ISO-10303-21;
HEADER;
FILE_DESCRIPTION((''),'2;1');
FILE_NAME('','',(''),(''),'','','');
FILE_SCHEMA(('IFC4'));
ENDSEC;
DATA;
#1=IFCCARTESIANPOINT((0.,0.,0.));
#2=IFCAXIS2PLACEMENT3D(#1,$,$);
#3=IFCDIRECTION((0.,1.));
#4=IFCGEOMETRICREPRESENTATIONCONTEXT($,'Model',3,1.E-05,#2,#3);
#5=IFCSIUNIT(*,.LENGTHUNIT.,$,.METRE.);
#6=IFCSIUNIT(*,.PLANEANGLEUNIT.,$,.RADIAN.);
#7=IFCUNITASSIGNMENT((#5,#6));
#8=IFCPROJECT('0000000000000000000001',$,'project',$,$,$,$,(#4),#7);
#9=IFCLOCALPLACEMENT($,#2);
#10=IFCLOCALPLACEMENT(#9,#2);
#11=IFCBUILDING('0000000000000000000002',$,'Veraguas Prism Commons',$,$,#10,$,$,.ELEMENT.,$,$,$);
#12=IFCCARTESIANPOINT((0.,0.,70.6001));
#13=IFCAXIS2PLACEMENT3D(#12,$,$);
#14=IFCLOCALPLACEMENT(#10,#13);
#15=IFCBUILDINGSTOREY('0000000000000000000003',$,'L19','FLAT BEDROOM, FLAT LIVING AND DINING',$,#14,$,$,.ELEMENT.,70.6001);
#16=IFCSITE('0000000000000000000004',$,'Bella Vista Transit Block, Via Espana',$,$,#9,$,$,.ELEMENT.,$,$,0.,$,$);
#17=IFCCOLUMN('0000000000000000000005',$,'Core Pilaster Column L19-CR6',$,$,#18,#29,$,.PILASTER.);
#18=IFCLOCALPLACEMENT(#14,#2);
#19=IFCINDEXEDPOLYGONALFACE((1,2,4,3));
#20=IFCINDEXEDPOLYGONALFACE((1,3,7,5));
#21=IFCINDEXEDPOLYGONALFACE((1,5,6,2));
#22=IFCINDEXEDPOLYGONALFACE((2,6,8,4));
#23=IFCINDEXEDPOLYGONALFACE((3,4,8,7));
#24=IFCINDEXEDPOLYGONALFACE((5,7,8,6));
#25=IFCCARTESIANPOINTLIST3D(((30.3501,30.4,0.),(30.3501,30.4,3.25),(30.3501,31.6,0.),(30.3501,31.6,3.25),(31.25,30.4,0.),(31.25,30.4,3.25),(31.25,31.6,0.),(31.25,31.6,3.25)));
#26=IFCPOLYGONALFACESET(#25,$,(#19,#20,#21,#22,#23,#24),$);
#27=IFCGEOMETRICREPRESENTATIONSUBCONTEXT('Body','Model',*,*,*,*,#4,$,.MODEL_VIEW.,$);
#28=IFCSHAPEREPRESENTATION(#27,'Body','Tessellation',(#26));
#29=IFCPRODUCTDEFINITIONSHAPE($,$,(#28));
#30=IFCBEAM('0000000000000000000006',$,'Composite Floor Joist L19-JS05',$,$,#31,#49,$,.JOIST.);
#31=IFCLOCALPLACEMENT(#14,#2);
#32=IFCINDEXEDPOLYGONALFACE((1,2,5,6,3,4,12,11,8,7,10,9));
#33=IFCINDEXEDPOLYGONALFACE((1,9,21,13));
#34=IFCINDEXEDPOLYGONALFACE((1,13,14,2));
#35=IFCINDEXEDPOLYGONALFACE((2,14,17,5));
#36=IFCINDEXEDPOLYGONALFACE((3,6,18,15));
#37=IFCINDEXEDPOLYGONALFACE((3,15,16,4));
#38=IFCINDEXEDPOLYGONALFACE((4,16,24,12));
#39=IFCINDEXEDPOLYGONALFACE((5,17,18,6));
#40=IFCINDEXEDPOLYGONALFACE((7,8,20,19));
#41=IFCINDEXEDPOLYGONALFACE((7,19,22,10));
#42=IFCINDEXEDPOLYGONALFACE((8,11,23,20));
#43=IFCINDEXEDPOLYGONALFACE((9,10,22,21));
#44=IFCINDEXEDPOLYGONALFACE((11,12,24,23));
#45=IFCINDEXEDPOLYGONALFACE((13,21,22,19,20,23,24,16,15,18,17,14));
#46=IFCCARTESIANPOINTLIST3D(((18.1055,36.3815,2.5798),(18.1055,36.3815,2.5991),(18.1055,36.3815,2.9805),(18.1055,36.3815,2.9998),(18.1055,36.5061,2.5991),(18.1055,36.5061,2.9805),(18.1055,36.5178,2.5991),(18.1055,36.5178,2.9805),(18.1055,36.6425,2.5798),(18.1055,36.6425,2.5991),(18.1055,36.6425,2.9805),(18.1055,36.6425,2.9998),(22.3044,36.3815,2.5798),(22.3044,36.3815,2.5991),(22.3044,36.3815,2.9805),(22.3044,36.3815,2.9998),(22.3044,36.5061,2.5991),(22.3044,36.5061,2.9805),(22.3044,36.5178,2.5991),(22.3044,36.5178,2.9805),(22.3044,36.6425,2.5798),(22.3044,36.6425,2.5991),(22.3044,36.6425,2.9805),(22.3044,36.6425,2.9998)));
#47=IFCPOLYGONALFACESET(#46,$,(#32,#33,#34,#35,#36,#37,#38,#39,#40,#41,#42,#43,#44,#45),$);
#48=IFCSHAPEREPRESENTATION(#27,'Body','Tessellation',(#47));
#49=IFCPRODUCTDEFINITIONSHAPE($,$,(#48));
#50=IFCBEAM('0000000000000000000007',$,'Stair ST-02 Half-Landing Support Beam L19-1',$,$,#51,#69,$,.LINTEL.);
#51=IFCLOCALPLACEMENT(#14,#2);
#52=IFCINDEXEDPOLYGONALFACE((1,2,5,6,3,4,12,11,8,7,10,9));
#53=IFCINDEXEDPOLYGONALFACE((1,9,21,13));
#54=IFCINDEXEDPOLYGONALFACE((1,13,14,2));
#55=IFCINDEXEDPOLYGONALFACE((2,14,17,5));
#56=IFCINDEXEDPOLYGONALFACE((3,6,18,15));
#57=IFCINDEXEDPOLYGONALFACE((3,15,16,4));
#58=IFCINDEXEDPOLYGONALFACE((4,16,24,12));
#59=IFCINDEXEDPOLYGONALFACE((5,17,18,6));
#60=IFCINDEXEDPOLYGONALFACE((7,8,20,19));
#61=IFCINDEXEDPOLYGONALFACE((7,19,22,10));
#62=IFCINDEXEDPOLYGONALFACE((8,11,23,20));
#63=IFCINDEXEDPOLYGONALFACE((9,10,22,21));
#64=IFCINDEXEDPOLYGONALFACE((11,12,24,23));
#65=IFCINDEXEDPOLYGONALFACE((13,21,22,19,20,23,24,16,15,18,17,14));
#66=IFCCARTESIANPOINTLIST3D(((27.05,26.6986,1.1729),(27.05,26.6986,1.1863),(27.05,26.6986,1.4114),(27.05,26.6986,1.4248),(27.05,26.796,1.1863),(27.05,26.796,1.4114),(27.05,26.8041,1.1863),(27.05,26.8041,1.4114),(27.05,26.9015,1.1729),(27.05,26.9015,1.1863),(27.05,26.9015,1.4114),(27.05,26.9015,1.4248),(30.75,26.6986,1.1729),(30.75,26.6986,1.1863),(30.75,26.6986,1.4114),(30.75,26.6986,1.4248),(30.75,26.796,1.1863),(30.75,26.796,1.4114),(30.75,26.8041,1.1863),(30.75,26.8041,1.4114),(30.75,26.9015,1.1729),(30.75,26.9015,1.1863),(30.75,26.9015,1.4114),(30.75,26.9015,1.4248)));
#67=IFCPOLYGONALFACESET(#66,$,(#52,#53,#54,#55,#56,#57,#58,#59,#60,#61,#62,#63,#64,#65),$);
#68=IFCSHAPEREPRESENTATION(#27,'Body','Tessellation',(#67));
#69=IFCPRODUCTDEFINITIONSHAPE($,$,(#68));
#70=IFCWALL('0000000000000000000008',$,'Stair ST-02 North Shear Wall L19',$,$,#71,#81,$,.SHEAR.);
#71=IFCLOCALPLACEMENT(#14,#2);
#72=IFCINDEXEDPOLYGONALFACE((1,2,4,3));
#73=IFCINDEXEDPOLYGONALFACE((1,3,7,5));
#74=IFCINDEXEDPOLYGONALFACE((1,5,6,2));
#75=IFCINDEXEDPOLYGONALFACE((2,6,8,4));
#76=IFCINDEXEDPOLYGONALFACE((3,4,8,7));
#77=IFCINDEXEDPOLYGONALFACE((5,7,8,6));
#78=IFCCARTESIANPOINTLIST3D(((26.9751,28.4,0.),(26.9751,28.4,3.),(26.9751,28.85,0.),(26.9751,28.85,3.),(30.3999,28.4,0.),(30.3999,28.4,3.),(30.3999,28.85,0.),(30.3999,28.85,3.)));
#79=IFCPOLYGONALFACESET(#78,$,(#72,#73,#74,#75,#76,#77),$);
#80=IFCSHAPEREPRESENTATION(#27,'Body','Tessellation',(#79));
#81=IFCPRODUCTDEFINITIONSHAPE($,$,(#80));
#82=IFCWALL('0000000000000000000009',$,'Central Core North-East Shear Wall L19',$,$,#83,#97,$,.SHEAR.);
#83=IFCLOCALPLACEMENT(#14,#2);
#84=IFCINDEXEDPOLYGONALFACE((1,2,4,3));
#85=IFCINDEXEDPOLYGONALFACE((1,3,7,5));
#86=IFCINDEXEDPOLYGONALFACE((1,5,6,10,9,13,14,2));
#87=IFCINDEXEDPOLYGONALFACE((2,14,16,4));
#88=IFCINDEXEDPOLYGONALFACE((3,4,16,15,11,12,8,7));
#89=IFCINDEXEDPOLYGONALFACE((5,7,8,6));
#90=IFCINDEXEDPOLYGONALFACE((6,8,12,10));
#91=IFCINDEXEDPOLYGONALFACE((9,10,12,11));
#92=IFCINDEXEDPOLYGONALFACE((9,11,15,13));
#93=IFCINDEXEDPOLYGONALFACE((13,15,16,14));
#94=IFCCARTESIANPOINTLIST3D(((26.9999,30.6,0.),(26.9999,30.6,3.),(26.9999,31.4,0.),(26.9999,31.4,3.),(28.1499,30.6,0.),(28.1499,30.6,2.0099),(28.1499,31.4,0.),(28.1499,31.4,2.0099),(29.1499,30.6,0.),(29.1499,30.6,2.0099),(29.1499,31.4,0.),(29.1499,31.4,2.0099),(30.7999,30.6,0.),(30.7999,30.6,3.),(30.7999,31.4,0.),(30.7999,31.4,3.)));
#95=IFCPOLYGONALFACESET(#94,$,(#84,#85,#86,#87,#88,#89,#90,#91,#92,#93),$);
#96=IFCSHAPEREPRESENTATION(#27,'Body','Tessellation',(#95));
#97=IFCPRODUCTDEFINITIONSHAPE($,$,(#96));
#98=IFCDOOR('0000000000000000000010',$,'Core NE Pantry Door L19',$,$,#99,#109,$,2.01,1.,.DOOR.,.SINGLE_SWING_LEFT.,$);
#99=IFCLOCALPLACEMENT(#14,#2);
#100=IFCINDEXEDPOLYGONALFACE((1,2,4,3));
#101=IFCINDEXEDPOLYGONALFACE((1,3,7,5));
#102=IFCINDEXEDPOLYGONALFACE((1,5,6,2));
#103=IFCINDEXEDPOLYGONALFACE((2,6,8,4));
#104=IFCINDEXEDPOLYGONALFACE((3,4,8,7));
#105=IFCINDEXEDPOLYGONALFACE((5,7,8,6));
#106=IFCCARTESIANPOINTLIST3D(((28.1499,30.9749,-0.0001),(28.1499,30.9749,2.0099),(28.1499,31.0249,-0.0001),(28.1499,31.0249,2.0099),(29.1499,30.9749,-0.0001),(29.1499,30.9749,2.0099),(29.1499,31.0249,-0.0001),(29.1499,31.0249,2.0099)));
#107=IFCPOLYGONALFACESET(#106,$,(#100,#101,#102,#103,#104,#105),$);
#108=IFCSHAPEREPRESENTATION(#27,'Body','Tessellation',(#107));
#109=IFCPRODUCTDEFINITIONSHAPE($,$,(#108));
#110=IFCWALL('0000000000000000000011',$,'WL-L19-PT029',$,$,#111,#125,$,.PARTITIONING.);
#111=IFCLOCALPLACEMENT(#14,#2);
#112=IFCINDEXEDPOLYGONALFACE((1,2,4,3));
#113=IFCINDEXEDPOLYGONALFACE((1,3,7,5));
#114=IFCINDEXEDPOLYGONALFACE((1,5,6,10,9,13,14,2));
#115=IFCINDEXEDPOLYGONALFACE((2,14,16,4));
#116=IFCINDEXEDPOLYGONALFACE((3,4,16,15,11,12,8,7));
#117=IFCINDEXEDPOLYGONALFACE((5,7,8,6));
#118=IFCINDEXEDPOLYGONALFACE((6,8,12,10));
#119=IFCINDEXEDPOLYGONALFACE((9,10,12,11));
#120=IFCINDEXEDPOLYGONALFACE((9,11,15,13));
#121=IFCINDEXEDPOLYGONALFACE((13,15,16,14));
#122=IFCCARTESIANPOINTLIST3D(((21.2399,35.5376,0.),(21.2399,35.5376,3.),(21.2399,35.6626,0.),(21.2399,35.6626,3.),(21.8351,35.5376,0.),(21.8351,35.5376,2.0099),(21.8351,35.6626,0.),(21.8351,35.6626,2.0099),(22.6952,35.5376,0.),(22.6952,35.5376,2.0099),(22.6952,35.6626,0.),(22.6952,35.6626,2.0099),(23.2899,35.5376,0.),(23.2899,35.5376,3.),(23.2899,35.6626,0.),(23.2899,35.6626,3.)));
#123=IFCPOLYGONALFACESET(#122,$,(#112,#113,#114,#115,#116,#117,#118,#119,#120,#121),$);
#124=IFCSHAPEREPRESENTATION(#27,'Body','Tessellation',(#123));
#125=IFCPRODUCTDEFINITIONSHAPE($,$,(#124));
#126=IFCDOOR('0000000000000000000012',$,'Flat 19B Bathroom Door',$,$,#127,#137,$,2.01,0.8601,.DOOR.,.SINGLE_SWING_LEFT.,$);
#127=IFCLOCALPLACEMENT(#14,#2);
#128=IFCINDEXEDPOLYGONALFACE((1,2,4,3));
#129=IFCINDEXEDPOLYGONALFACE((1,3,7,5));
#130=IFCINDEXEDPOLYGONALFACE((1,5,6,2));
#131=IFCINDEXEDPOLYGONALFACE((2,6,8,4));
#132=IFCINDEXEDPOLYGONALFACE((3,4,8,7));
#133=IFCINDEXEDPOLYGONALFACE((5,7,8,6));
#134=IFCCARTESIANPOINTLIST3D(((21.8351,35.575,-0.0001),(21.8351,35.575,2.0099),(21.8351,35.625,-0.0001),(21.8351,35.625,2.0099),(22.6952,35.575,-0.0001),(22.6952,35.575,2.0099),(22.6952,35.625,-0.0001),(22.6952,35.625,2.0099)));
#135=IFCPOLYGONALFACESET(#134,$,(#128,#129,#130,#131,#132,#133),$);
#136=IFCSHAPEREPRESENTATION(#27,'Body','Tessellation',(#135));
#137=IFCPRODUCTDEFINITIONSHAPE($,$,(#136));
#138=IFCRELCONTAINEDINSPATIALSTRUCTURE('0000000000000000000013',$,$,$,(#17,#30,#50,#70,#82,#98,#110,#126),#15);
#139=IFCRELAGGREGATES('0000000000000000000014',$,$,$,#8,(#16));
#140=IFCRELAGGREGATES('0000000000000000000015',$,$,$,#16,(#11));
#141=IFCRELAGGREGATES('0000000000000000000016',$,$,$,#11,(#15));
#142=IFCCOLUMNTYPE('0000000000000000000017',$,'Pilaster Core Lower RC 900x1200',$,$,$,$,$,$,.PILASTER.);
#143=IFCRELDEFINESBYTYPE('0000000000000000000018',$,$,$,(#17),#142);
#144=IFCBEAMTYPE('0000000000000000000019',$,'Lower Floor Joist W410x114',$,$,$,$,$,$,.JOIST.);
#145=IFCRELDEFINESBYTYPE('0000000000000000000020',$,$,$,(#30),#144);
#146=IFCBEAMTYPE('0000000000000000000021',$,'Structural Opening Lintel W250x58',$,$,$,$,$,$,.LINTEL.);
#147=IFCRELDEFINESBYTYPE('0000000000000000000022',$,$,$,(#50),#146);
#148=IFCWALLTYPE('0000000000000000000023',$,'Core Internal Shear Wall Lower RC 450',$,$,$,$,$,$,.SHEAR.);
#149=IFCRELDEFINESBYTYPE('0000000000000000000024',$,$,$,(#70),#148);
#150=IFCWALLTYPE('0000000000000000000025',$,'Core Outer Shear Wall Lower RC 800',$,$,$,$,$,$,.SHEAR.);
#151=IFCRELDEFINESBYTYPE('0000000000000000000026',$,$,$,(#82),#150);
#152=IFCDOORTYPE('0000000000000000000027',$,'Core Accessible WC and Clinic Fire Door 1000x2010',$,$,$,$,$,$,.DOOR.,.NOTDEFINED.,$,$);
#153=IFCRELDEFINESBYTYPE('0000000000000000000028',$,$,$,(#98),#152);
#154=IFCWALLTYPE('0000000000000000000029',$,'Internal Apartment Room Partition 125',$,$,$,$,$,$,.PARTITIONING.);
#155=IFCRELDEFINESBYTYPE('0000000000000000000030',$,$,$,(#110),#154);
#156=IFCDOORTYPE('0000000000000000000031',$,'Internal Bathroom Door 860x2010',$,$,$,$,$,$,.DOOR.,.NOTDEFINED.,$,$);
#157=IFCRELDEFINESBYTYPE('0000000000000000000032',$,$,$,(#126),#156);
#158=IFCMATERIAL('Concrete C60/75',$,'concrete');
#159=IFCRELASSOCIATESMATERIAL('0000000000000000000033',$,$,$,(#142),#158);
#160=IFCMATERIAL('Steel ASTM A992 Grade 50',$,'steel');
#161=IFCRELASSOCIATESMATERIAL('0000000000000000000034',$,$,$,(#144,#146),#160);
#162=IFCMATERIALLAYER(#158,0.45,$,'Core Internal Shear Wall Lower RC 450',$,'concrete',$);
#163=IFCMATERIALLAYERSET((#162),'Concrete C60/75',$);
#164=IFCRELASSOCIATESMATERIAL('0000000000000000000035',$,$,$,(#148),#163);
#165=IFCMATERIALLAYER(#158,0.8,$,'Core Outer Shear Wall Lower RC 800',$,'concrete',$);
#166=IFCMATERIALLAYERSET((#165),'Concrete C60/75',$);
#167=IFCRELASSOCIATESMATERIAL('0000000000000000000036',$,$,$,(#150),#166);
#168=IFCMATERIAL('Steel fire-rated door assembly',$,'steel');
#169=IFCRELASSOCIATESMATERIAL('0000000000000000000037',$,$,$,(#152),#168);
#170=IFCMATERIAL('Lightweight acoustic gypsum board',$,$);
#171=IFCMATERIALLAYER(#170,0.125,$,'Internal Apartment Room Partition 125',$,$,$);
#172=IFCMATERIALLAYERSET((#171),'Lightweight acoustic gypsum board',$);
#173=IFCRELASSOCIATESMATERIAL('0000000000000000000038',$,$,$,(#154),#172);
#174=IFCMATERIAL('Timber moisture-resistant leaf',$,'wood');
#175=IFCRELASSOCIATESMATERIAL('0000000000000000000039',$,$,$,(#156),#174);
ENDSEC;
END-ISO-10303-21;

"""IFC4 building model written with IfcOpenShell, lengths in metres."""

from ifc_helpers import new_model, si_unit, direction, frame, frame_2d, origin, origin_2d, place, context, subcontext, project, spatial, rectangle, i_section, extrude, source, transform, mapped, material, layer, layer_set, material_profile, profile_set, type_object, element, fill, save


model = new_model("IFC4")

# Units and contexts
model_context = context("Model", 3, precision=1e-05, world=origin(), true_north=direction((0.0, 1.0)))
body_context = subcontext(model_context, "Body", "Model", "MODEL_VIEW")
ifc_project = project(units=[si_unit("LENGTHUNIT", "METRE"), si_unit("PLANEANGLEUNIT", "RADIAN")], contexts=[model_context])

# Site, building, storey
site_placement = place(None, origin())
site = spatial("IfcSite", under=ifc_project, at=site_placement, Name="Bella Vista Transit Block, Via Espana", CompositionType="ELEMENT", RefElevation=0.0)
building_placement = place(site_placement, origin())
building = spatial("IfcBuilding", under=site, at=building_placement, Name="Veraguas Prism Commons", CompositionType="ELEMENT")
storey_placement = place(building_placement, frame((0.0, 0.0, 70.6001)))
storey = spatial("IfcBuildingStorey", under=building, at=storey_placement, Name="L19", Description="FLAT BEDROOM, FLAT LIVING AND DINING", CompositionType="ELEMENT", Elevation=70.6001)

# Column
ifc_material_1 = material(Name="Concrete C60/75", Category="concrete")
ifc_material_profile_1 = material_profile(ifc_material_1, rectangle(XDim=0.8999, YDim=1.2, at=origin_2d()), Name="RC900X1200")
ifc_profile_set_1 = profile_set([ifc_material_profile_1], Name="Concrete C60/75")
column_type = type_object("IfcColumnType", Name="Pilaster Core Lower RC 900x1200", PredefinedType="PILASTER", material=ifc_profile_set_1)
column_placement = place(storey_placement, frame((30.8, 31.0, 0.0), z_axis=(0.0, 0.0, 1.0), x_axis=(1.0, 0.0, 0.0)))
element("IfcColumn", 1, at=column_placement, inside=storey, type_object=column_type, Name="Core Pilaster Column L19-CR6", PredefinedType="PILASTER", context=body_context, shape_type="SweptSolid", body=[
    extrude(rectangle(XDim=0.8999, YDim=1.2, at=origin_2d()), origin(), (0.0, 0.0, 1.0), 3.25),
])

# Beams
ifc_material_2 = material(Name="Steel ASTM A992 Grade 50", Category="steel")
ifc_material_profile_2 = material_profile(ifc_material_2, i_section(OverallWidth=0.261, OverallDepth=0.4199, WebThickness=0.0117, FlangeThickness=0.0193, at=origin_2d()), Name="W410X114")
ifc_profile_set_2 = profile_set([ifc_material_profile_2], Name="Steel ASTM A992 Grade 50")
beam_type_1 = type_object("IfcBeamType", Name="Lower Floor Joist W410x114", PredefinedType="JOIST", material=ifc_profile_set_2)
beam_1_placement = place(storey_placement, frame((22.3044, 36.512, 2.7898), z_axis=(-1.0, 0.0, 0.0), x_axis=(0.0, -1.0, 0.0)))
element("IfcBeam", 2, at=beam_1_placement, inside=storey, type_object=beam_type_1, Name="Composite Floor Joist L19-JS05", PredefinedType="JOIST", context=body_context, shape_type="SweptSolid", body=[
    extrude(i_section(OverallWidth=0.261, OverallDepth=0.4199, WebThickness=0.0117, FlangeThickness=0.0193, at=origin_2d()), origin(), (0.0, 0.0, 1.0), 4.199),
])
ifc_material_profile_3 = material_profile(ifc_material_2, i_section(OverallWidth=0.2029, OverallDepth=0.252, WebThickness=0.0081, FlangeThickness=0.0134, at=origin_2d()), Name="W250X58")
ifc_profile_set_3 = profile_set([ifc_material_profile_3], Name="Steel ASTM A992 Grade 50")
beam_type_2 = type_object("IfcBeamType", Name="Structural Opening Lintel W250x58", PredefinedType="LINTEL", material=ifc_profile_set_3)
beam_2_placement = place(storey_placement, frame((27.05, 26.8, 1.2988), z_axis=(1.0, 0.0, 0.0), x_axis=(0.0, 1.0, 0.0)))
element("IfcBeam", 3, at=beam_2_placement, inside=storey, type_object=beam_type_2, Name="Stair ST-02 Half-Landing Support Beam L19-1", PredefinedType="LINTEL", context=body_context, shape_type="SweptSolid", body=[
    extrude(i_section(OverallWidth=0.2029, OverallDepth=0.252, WebThickness=0.0081, FlangeThickness=0.0134, at=origin_2d()), origin(), (0.0, 0.0, 1.0), 3.7),
])

# Wall
ifc_layer_1 = layer(ifc_material_1, 0.45, Name="Core Internal Shear Wall Lower RC 450", Category="concrete")
ifc_layer_set_1 = layer_set([ifc_layer_1], Name="Concrete C60/75")
wall_type_1 = type_object("IfcWallType", Name="Core Internal Shear Wall Lower RC 450", PredefinedType="SHEAR", material=ifc_layer_set_1)
wall_1_placement = place(storey_placement, frame((26.9751, 28.625, 0.0), z_axis=(0.0, 0.0, 1.0), x_axis=(1.0, 0.0, 0.0)))
element("IfcWall", 4, at=wall_1_placement, inside=storey, type_object=wall_type_1, Name="Stair ST-02 North Shear Wall L19", PredefinedType="SHEAR", context=body_context, shape_type="SweptSolid", body=[
    extrude(rectangle(XDim=3.4248, YDim=0.45, at=frame_2d((1.7124, 0.0))), origin(), (0.0, 0.0, 1.0), 3.0),
])

# Walls, openings, doors
ifc_layer_2 = layer(ifc_material_1, 0.8, Name="Core Outer Shear Wall Lower RC 800", Category="concrete")
ifc_layer_set_2 = layer_set([ifc_layer_2], Name="Concrete C60/75")
wall_type_2 = type_object("IfcWallType", Name="Core Outer Shear Wall Lower RC 800", PredefinedType="SHEAR", material=ifc_layer_set_2)
wall_2_placement = place(storey_placement, frame((27.0, 31.0, 0.0), z_axis=(0.0, 0.0, 1.0), x_axis=(1.0, 0.0, 0.0)))
wall_2 = element("IfcWall", 5, at=wall_2_placement, inside=storey, type_object=wall_type_2, Name="Central Core North-East Shear Wall L19", PredefinedType="SHEAR", context=body_context, shape_type="SweptSolid", body=[
    extrude(rectangle(XDim=3.8, YDim=0.8, at=frame_2d((1.8999, 0.0))), origin(), (0.0, 0.0, 1.0), 3.0),
])
opening_1_placement = place(wall_2_placement, frame((1.1499, 0.0, 0.0)))
opening_1 = element("IfcOpeningElement", 6, at=opening_1_placement, cuts=wall_2, PredefinedType="OPENING", context=body_context, shape_type="SweptSolid", body=[
    extrude(rectangle(XDim=1.0, YDim=2.01, at=frame_2d((0.5, 1.0049))), frame((0.0, 0.4099, 0.0), z_axis=(0.0, -1.0, 0.0), x_axis=(1.0, 0.0, 0.0)), (0.0, 0.0, 1.0), 0.8201),
])
ifc_material_3 = material(Name="Steel fire-rated door assembly", Category="steel")
door_type_1 = type_object("IfcDoorType", Name="Core Accessible WC and Clinic Fire Door 1000x2010", OperationType="NOTDEFINED", PredefinedType="DOOR", material=ifc_material_3)
shared_shape_1 = source(origin(), body_context, "Body", "SweptSolid", [
    extrude(rectangle(XDim=1.0, YDim=2.01, at=frame_2d((0.5, 1.0049))), frame((0.0, 0.0249, 0.0), z_axis=(0.0, -1.0, 0.0), x_axis=(1.0, 0.0, 0.0)), (0.0, 0.0, 1.0), 0.05),
])
door_1_placement = place(opening_1_placement, origin())
door_1 = element("IfcDoor", 7, at=door_1_placement, inside=storey, type_object=door_type_1, Name="Core NE Pantry Door L19", OperationType="SINGLE_SWING_LEFT", OverallHeight=2.01, OverallWidth=1.0, PredefinedType="DOOR", context=body_context, shape_type="MappedRepresentation", body=[
    mapped(shared_shape_1, transform((0.0, 0.0, 0.0), scale=1.0)),
])
fill(opening_1, door_1)
ifc_material_4 = material(Name="Lightweight acoustic gypsum board")
ifc_layer_3 = layer(ifc_material_4, 0.125, Name="Internal Apartment Room Partition 125")
ifc_layer_set_3 = layer_set([ifc_layer_3], Name="Lightweight acoustic gypsum board")
wall_type_3 = type_object("IfcWallType", Name="Internal Apartment Room Partition 125", PredefinedType="PARTITIONING", material=ifc_layer_set_3)
wall_3_placement = place(storey_placement, frame((21.24, 35.6001, 0.0), z_axis=(0.0, 0.0, 1.0), x_axis=(1.0, 0.0, 0.0)))
wall_3 = element("IfcWall", 8, at=wall_3_placement, inside=storey, type_object=wall_type_3, Name="WL-L19-PT029", PredefinedType="PARTITIONING", context=body_context, shape_type="SweptSolid", body=[
    extrude(rectangle(XDim=2.05, YDim=0.125, at=frame_2d((1.0249, 0.0))), origin(), (0.0, 0.0, 1.0), 3.0),
])
opening_2_placement = place(wall_3_placement, frame((0.595, 0.0, 0.0)))
opening_2 = element("IfcOpeningElement", 9, at=opening_2_placement, cuts=wall_3, PredefinedType="OPENING", context=body_context, shape_type="SweptSolid", body=[
    extrude(rectangle(XDim=0.8601, YDim=2.01, at=frame_2d((0.4302, 1.0049))), frame((0.0, 0.0725, 0.0), z_axis=(0.0, -1.0, 0.0), x_axis=(1.0, 0.0, 0.0)), (0.0, 0.0, 1.0), 0.145),
])
ifc_material_5 = material(Name="Timber moisture-resistant leaf", Category="wood")
door_type_2 = type_object("IfcDoorType", Name="Internal Bathroom Door 860x2010", OperationType="NOTDEFINED", PredefinedType="DOOR", material=ifc_material_5)
shared_shape_2 = source(origin(), body_context, "Body", "SweptSolid", [
    extrude(rectangle(XDim=0.8601, YDim=2.01, at=frame_2d((0.4302, 1.0049))), frame((0.0, 0.0249, 0.0), z_axis=(0.0, -1.0, 0.0), x_axis=(1.0, 0.0, 0.0)), (0.0, 0.0, 1.0), 0.05),
])
door_2_placement = place(opening_2_placement, origin())
door_2 = element("IfcDoor", 10, at=door_2_placement, inside=storey, type_object=door_type_2, Name="Flat 19B Bathroom Door", OperationType="SINGLE_SWING_LEFT", OverallHeight=2.01, OverallWidth=0.8601, PredefinedType="DOOR", context=body_context, shape_type="MappedRepresentation", body=[
    mapped(shared_shape_2, transform((0.0, 0.0, 0.0), scale=1.0)),
])
fill(opening_2, door_2)

save(model, "model.ifc")
